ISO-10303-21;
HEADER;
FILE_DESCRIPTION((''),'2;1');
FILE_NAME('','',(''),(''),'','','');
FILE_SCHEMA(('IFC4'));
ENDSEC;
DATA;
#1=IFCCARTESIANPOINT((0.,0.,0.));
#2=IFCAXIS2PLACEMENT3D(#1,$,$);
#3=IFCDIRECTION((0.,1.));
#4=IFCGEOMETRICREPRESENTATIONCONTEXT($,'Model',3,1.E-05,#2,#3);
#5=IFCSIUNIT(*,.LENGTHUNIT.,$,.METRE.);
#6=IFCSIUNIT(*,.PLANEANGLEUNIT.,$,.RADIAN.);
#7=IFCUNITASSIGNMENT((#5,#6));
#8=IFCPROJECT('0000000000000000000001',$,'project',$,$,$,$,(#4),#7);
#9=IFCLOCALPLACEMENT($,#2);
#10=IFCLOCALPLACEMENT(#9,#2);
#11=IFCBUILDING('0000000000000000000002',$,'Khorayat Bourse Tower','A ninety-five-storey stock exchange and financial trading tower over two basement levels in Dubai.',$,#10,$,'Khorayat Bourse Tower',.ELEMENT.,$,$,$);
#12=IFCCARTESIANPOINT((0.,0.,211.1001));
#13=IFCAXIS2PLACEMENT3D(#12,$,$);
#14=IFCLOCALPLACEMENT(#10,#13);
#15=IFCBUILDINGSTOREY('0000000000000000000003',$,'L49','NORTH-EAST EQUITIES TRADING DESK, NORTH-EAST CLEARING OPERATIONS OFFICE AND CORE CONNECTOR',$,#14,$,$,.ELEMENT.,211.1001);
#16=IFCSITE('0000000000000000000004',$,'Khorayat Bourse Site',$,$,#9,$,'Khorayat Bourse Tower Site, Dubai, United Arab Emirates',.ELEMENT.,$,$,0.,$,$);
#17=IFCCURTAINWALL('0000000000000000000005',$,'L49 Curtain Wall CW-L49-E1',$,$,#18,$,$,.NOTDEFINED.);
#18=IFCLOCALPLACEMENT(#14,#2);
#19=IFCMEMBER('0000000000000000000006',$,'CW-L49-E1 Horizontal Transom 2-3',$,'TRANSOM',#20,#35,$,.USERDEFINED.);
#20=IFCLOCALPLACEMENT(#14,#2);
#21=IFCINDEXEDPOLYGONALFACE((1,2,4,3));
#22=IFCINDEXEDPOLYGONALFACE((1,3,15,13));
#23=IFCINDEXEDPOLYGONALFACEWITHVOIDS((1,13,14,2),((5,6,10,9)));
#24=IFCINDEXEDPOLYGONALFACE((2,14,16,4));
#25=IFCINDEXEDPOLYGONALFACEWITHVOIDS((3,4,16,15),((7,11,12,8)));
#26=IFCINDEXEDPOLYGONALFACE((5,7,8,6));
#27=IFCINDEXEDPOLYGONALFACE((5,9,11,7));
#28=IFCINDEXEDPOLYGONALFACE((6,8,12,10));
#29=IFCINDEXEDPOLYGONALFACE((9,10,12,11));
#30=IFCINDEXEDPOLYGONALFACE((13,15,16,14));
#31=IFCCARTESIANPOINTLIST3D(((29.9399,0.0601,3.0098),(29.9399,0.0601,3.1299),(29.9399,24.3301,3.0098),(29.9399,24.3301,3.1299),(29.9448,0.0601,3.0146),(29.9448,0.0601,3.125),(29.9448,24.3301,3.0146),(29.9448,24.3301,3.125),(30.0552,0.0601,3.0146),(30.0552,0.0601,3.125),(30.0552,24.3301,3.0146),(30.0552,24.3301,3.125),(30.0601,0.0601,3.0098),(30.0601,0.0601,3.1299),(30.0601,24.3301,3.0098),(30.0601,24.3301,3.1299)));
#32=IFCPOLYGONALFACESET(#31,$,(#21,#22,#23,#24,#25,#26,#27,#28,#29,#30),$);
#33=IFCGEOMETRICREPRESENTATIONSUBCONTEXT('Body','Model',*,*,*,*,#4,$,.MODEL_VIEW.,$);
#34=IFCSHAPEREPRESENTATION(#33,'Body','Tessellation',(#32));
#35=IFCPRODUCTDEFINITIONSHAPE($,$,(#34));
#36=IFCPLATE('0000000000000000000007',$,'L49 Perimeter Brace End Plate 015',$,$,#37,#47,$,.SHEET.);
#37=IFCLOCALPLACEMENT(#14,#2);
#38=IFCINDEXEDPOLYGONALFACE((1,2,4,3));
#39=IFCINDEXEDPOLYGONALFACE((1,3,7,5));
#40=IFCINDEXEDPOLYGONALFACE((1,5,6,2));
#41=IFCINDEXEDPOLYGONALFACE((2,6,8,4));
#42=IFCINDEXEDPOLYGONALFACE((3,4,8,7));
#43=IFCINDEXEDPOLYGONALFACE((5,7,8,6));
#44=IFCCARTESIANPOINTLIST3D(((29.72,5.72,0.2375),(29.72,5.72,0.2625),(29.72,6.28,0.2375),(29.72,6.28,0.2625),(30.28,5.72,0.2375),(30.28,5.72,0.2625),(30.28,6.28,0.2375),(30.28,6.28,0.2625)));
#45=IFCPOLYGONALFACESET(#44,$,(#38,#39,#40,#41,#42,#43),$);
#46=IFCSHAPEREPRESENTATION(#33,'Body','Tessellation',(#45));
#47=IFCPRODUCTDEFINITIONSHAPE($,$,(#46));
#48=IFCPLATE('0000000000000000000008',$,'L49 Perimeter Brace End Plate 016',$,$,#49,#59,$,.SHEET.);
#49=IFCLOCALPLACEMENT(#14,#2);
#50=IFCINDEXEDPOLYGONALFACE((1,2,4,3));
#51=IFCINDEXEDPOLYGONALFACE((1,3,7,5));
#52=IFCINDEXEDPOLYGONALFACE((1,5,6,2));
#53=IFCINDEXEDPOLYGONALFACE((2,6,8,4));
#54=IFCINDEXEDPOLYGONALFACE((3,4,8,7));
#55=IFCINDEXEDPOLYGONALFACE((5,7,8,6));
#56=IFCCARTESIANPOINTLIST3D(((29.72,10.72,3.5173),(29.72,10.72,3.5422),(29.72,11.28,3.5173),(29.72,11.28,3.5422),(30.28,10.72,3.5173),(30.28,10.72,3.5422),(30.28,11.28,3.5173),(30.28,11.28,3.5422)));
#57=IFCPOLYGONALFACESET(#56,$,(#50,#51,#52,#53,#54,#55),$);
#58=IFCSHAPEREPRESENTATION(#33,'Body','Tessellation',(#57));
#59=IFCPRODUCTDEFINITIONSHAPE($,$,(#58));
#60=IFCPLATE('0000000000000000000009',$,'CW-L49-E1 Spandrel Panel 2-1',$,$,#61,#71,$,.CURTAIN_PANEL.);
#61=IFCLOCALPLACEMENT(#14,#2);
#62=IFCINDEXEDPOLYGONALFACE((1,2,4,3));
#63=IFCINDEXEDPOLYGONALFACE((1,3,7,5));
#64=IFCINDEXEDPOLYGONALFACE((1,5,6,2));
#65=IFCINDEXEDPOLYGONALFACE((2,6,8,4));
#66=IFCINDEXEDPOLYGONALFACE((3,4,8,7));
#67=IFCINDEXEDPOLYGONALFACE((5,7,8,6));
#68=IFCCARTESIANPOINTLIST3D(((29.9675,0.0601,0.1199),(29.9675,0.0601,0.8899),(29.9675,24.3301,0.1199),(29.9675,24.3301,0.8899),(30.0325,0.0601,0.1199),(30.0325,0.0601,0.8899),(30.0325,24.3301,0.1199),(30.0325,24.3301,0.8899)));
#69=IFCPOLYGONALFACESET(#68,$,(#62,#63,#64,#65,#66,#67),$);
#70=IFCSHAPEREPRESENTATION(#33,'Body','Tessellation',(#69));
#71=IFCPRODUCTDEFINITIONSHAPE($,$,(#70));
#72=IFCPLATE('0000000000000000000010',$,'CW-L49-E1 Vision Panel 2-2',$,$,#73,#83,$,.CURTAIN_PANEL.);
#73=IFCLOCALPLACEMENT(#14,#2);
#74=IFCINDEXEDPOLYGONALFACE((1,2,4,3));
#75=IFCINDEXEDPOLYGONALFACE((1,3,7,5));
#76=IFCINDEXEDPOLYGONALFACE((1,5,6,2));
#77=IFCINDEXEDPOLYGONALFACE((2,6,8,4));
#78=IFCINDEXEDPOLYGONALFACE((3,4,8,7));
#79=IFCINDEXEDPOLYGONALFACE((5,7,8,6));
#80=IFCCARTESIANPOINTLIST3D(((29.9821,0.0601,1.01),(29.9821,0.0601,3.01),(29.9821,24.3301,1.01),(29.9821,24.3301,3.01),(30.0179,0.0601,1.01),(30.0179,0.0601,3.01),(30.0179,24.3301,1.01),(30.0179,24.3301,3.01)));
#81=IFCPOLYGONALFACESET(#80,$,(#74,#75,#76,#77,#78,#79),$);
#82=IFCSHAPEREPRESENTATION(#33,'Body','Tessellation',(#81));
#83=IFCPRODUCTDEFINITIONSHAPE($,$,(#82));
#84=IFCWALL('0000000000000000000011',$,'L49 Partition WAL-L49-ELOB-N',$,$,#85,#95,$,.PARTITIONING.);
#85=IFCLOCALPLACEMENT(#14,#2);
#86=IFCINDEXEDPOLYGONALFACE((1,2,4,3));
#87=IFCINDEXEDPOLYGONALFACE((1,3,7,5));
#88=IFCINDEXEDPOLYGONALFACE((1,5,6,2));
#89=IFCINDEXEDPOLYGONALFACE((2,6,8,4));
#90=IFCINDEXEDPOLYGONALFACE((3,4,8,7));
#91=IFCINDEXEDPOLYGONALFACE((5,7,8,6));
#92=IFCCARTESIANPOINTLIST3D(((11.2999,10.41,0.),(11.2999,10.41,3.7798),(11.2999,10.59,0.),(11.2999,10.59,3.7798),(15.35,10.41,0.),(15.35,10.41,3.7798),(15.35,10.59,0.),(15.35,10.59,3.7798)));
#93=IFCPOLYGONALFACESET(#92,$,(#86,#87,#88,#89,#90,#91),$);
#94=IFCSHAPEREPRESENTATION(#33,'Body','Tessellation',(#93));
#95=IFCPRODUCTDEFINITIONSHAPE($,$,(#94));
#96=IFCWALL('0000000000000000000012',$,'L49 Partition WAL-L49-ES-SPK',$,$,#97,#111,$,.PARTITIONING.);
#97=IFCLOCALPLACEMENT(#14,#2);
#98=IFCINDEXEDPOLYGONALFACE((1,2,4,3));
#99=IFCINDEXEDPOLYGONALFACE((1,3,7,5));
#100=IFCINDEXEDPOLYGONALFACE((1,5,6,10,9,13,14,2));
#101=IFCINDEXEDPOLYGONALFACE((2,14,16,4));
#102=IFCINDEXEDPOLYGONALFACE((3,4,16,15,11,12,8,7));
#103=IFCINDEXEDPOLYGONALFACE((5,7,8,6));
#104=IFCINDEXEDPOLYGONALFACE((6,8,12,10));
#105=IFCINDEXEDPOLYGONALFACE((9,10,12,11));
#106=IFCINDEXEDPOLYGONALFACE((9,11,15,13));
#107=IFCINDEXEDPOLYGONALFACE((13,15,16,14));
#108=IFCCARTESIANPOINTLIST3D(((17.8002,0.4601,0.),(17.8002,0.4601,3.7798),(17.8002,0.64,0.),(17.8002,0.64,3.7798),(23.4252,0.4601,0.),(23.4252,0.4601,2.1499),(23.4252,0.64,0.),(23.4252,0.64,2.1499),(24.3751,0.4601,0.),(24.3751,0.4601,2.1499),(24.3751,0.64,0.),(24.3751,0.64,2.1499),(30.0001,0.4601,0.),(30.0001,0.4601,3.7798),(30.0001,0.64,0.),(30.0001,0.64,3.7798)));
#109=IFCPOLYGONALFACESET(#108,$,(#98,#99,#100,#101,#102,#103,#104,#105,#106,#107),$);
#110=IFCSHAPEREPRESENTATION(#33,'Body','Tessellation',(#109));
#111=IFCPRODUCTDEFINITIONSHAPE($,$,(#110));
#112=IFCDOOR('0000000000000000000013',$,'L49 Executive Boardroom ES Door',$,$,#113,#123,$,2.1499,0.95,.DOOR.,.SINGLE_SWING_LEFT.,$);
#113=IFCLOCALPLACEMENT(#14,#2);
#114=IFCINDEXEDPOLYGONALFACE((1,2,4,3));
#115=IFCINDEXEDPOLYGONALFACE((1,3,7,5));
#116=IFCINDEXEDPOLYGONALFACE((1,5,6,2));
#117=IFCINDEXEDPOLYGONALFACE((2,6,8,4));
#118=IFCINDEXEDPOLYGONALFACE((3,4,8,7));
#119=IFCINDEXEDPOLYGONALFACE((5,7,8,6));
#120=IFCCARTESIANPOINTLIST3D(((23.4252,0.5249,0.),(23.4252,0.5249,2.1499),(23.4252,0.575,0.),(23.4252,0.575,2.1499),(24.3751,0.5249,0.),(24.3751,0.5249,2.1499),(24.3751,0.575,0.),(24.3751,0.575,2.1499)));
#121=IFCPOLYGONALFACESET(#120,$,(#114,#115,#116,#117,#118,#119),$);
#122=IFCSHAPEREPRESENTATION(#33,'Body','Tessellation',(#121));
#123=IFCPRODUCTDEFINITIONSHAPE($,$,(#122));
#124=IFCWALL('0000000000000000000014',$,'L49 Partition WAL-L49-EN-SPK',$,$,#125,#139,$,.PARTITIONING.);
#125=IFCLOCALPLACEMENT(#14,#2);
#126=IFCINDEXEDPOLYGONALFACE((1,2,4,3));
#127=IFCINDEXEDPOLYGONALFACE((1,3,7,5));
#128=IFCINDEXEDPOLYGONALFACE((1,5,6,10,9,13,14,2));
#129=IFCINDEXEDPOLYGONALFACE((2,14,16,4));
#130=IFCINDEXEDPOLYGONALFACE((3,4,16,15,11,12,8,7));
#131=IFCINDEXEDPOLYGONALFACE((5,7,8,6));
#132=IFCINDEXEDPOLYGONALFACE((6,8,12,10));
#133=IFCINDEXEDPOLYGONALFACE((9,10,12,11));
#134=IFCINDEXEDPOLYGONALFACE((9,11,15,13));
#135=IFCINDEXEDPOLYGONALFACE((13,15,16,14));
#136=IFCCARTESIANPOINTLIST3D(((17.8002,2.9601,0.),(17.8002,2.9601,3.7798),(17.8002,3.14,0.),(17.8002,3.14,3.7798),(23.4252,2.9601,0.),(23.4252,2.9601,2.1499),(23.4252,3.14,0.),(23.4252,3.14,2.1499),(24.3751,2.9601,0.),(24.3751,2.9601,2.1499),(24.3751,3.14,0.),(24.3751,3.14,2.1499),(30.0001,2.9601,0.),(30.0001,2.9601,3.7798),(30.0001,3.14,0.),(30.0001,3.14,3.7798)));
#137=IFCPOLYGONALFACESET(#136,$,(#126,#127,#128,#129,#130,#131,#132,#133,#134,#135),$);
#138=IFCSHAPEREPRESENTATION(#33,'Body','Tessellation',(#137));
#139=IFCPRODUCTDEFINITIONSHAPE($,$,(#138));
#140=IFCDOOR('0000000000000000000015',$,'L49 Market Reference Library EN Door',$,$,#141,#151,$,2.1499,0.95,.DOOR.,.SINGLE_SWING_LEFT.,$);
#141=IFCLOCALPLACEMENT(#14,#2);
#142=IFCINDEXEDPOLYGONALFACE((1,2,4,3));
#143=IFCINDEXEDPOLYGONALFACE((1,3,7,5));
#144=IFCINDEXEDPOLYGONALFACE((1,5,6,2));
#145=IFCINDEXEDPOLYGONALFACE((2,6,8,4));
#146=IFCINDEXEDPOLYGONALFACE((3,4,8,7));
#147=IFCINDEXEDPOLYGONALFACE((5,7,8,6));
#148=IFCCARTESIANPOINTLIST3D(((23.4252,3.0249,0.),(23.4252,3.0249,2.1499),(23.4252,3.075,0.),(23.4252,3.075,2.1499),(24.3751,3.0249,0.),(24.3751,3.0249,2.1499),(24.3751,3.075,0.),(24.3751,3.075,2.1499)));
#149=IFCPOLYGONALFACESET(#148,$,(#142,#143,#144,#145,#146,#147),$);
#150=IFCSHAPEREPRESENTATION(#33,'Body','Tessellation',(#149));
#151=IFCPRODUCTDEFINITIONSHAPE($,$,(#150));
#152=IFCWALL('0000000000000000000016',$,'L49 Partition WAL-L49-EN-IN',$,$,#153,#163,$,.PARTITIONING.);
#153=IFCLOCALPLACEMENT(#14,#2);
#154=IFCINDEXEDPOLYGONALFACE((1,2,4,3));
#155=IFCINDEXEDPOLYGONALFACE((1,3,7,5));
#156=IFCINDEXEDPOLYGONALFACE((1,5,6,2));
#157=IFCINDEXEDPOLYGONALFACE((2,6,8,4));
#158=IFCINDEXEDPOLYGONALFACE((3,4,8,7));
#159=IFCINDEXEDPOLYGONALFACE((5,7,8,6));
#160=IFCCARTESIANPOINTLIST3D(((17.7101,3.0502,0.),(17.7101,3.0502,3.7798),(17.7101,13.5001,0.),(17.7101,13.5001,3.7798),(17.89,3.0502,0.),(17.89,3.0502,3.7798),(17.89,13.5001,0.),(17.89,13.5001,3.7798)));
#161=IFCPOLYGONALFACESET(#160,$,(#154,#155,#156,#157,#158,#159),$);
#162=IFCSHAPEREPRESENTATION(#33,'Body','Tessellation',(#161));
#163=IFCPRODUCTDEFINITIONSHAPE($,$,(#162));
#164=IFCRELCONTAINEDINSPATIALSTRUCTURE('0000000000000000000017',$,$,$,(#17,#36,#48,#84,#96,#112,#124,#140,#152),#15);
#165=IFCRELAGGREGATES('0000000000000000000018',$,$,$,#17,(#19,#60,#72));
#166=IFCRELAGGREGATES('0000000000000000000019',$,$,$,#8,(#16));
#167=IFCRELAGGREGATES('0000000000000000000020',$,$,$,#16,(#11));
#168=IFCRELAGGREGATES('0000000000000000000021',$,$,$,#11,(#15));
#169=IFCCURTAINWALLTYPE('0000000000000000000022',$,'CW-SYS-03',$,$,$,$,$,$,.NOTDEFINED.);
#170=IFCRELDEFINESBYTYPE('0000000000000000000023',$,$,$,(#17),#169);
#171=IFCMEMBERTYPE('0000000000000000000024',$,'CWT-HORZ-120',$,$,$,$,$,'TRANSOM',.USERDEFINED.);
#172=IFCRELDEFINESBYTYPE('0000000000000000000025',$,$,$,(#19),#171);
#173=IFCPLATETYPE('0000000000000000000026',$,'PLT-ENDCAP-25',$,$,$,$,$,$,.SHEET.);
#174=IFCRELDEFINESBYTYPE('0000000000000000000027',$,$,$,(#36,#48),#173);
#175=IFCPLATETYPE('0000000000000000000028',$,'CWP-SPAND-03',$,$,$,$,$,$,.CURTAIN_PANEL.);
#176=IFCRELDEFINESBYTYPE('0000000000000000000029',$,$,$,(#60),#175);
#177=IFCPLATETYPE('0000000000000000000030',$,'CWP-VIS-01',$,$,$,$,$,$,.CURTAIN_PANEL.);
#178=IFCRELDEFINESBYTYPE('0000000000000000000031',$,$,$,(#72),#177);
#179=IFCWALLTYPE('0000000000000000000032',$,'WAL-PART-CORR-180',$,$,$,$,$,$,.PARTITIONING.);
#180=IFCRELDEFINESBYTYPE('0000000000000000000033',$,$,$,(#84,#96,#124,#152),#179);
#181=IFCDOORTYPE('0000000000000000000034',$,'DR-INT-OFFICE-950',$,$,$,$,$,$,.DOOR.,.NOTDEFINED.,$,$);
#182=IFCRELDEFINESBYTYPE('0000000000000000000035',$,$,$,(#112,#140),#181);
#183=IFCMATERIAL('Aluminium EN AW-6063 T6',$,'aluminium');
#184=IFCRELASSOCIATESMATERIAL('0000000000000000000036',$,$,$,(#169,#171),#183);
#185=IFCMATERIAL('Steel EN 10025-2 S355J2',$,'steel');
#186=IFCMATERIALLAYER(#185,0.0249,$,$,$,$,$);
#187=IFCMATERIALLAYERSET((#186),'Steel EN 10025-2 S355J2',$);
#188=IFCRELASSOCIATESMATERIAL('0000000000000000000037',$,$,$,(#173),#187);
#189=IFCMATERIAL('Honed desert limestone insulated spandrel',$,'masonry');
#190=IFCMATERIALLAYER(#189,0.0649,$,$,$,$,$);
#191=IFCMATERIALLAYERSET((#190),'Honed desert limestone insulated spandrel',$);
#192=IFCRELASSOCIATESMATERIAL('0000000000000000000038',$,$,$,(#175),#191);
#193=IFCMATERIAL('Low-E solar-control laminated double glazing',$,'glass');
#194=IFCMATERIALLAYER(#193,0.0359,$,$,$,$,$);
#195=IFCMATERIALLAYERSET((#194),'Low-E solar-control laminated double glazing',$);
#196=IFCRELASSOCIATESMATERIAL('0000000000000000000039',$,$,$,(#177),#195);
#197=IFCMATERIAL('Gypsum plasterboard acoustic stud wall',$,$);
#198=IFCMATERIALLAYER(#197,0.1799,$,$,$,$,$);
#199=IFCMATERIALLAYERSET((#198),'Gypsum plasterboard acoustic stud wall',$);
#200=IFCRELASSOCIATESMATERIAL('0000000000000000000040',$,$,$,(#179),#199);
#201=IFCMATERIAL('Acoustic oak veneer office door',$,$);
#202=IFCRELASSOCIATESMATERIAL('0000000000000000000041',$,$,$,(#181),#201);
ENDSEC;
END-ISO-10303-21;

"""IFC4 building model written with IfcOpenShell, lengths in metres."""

from ifc_helpers import new_model, si_unit, direction, frame, frame_2d, origin, origin_2d, place, context, subcontext, project, spatial, rectangle, hollow_rectangle, extrude, source, transform, mapped, material, layer, layer_set, material_profile, profile_set, type_object, element, fill, aggregate, save


model = new_model("IFC4")

# Units and contexts
model_context = context("Model", 3, precision=1e-05, world=origin(), true_north=direction((0.0, 1.0)))
body_context = subcontext(model_context, "Body", "Model", "MODEL_VIEW")
ifc_project = project(units=[si_unit("LENGTHUNIT", "METRE"), si_unit("PLANEANGLEUNIT", "RADIAN")], contexts=[model_context])

# Site, building, storey
site_placement = place(None, origin())
site = spatial("IfcSite", under=ifc_project, at=site_placement, Name="Khorayat Bourse Site", LongName="Khorayat Bourse Tower Site, Dubai, United Arab Emirates", CompositionType="ELEMENT", RefElevation=0.0)
building_placement = place(site_placement, origin())
building = spatial("IfcBuilding", under=site, at=building_placement, Name="Khorayat Bourse Tower", Description="A ninety-five-storey stock exchange and financial trading tower over two basement levels in Dubai.", LongName="Khorayat Bourse Tower", CompositionType="ELEMENT")
storey_placement = place(building_placement, frame((0.0, 0.0, 211.1001)))
storey = spatial("IfcBuildingStorey", under=building, at=storey_placement, Name="L49", Description="NORTH-EAST EQUITIES TRADING DESK, NORTH-EAST CLEARING OPERATIONS OFFICE AND CORE CONNECTOR", CompositionType="ELEMENT", Elevation=211.1001)

# Curtain wall, member
ifc_material_1 = material(Name="Aluminium EN AW-6063 T6", Category="aluminium")
curtain_wall_type = type_object("IfcCurtainWallType", Name="CW-SYS-03", PredefinedType="NOTDEFINED", material=ifc_material_1)
curtain_wall_placement = place(storey_placement, origin())
curtain_wall = element("IfcCurtainWall", 1, at=curtain_wall_placement, inside=storey, type_object=curtain_wall_type, Name="L49 Curtain Wall CW-L49-E1", PredefinedType="NOTDEFINED")
ifc_material_profile_1 = material_profile(ifc_material_1, hollow_rectangle(XDim=0.1201, YDim=0.1201, WallThickness=0.0049, at=origin_2d()), Name="ALU 120x120x5")
ifc_profile_set_1 = profile_set([ifc_material_profile_1], Name="Aluminium EN AW-6063 T6")
member_type_1 = type_object("IfcMemberType", Name="CWT-HORZ-120", ElementType="TRANSOM", PredefinedType="USERDEFINED", material=ifc_profile_set_1)
shared_shape_1 = source(origin(), body_context, "Body", "SweptSolid", [
    extrude(hollow_rectangle(XDim=0.1201, YDim=0.1201, WallThickness=0.0049, at=origin_2d()), origin(), (0.0, 0.0, 1.0), 24.27),
])
member_1_placement = place(storey_placement, frame((30.0, 0.0601, 3.0698), z_axis=(0.0, 1.0, 0.0), x_axis=(-1.0, 0.0, 0.0)))
member_1 = element("IfcMember", 2, at=member_1_placement, type_object=member_type_1, Name="CW-L49-E1 Horizontal Transom 2-3", ObjectType="TRANSOM", PredefinedType="USERDEFINED", context=body_context, shape_type="MappedRepresentation", body=[
    mapped(shared_shape_1, transform((0.0, 0.0, 0.0), scale=1.0)),
])

# Plates
ifc_material_2 = material(Name="Steel EN 10025-2 S355J2", Category="steel")
ifc_layer_1 = layer(ifc_material_2, 0.0249)
ifc_layer_set_1 = layer_set([ifc_layer_1], Name="Steel EN 10025-2 S355J2")
plate_type_1 = type_object("IfcPlateType", Name="PLT-ENDCAP-25", PredefinedType="SHEET", material=ifc_layer_set_1)
shared_shape_2 = source(origin(), body_context, "Body", "SweptSolid", [
    extrude(rectangle(XDim=0.5601, YDim=0.5601, at=origin_2d()), origin(), (0.0, 0.0, 1.0), 0.0249),
])
for number, where, z_axis, x_axis, name in (
    (3, (30.0, 6.0, 0.2375), (0.0, 0.0, 1.0), (1.0, 0.0, 0.0), "L49 Perimeter Brace End Plate 015"),
    (4, (30.0, 11.0, 3.5173), (0.0, 0.0, 1.0), (1.0, 0.0, 0.0), "L49 Perimeter Brace End Plate 016"),
):
    element("IfcPlate", number, at=place(storey_placement, frame(where, z_axis=z_axis, x_axis=x_axis)), inside=storey, type_object=plate_type_1, Name=name, PredefinedType="SHEET", context=body_context, shape_type="MappedRepresentation", body=[
        mapped(shared_shape_2, transform((0.0, 0.0, 0.0), scale=1.0)),
    ])

# Plates
ifc_material_3 = material(Name="Honed desert limestone insulated spandrel", Category="masonry")
ifc_layer_2 = layer(ifc_material_3, 0.0649)
ifc_layer_set_2 = layer_set([ifc_layer_2], Name="Honed desert limestone insulated spandrel")
plate_type_2 = type_object("IfcPlateType", Name="CWP-SPAND-03", PredefinedType="CURTAIN_PANEL", material=ifc_layer_set_2)
shared_shape_3 = source(origin(), body_context, "Body", "SweptSolid", [
    extrude(rectangle(XDim=24.27, YDim=0.0649, at=origin_2d()), origin(), (0.0, 0.0, 1.0), 0.77),
])
plate_1_placement = place(storey_placement, frame((30.0, 12.1951, 0.1199), z_axis=(0.0, 0.0, 1.0), x_axis=(0.0, 1.0, 0.0)))
plate_1 = element("IfcPlate", 5, at=plate_1_placement, type_object=plate_type_2, Name="CW-L49-E1 Spandrel Panel 2-1", PredefinedType="CURTAIN_PANEL", context=body_context, shape_type="MappedRepresentation", body=[
    mapped(shared_shape_3, transform((0.0, 0.0, 0.0), scale=1.0)),
])
ifc_material_4 = material(Name="Low-E solar-control laminated double glazing", Category="glass")
ifc_layer_3 = layer(ifc_material_4, 0.0359)
ifc_layer_set_3 = layer_set([ifc_layer_3], Name="Low-E solar-control laminated double glazing")
plate_type_3 = type_object("IfcPlateType", Name="CWP-VIS-01", PredefinedType="CURTAIN_PANEL", material=ifc_layer_set_3)
shared_shape_4 = source(origin(), body_context, "Body", "SweptSolid", [
    extrude(rectangle(XDim=24.27, YDim=0.0359, at=origin_2d()), origin(), (0.0, 0.0, 1.0), 2.0),
])
plate_2_placement = place(storey_placement, frame((30.0, 12.1951, 1.01), z_axis=(0.0, 0.0, 1.0), x_axis=(0.0, 1.0, 0.0)))
plate_2 = element("IfcPlate", 6, at=plate_2_placement, type_object=plate_type_3, Name="CW-L49-E1 Vision Panel 2-2", PredefinedType="CURTAIN_PANEL", context=body_context, shape_type="MappedRepresentation", body=[
    mapped(shared_shape_4, transform((0.0, 0.0, 0.0), scale=1.0)),
])
aggregate(curtain_wall, [member_1, plate_1, plate_2])

# Wall
ifc_material_5 = material(Name="Gypsum plasterboard acoustic stud wall")
ifc_layer_4 = layer(ifc_material_5, 0.1799)
ifc_layer_set_4 = layer_set([ifc_layer_4], Name="Gypsum plasterboard acoustic stud wall")
wall_type = type_object("IfcWallType", Name="WAL-PART-CORR-180", PredefinedType="PARTITIONING", material=ifc_layer_set_4)
shared_shape_5 = source(origin(), body_context, "Body", "SweptSolid", [
    extrude(rectangle(XDim=4.05, YDim=0.1799, at=frame_2d((2.0249, 0.0))), origin(), (0.0, 0.0, 1.0), 3.7798),
])
wall_1_placement = place(storey_placement, frame((11.3, 10.5, 0.0), z_axis=(0.0, 0.0, 1.0), x_axis=(1.0, 0.0, 0.0)))
element("IfcWall", 7, at=wall_1_placement, inside=storey, type_object=wall_type, Name="L49 Partition WAL-L49-ELOB-N", PredefinedType="PARTITIONING", context=body_context, shape_type="MappedRepresentation", body=[
    mapped(shared_shape_5, transform((0.0, 0.0, 0.0), scale=1.0)),
])

# Walls, openings, doors
shared_shape_6 = source(origin(), body_context, "Body", "SweptSolid", [
    extrude(rectangle(XDim=12.2, YDim=0.1799, at=frame_2d((6.1001, 0.0))), origin(), (0.0, 0.0, 1.0), 3.7798),
])
wall_2_placement = place(storey_placement, frame((17.8, 0.55, 0.0), z_axis=(0.0, 0.0, 1.0), x_axis=(1.0, 0.0, 0.0)))
wall_2 = element("IfcWall", 8, at=wall_2_placement, inside=storey, type_object=wall_type, Name="L49 Partition WAL-L49-ES-SPK", PredefinedType="PARTITIONING", context=body_context, shape_type="MappedRepresentation", body=[
    mapped(shared_shape_6, transform((0.0, 0.0, 0.0), scale=1.0)),
])
shared_shape_7 = source(origin(), body_context, "Body", "SweptSolid", [
    extrude(rectangle(XDim=0.95, YDim=2.1499, at=frame_2d((0.4751, 1.075))), frame((0.0, 0.0999, 0.0), z_axis=(0.0, -1.0, 0.0), x_axis=(1.0, 0.0, 0.0)), (0.0, 0.0, 1.0), 0.2),
])
opening_1_placement = place(wall_2_placement, frame((5.625, 0.0, 0.0)))
opening_1 = element("IfcOpeningElement", 9, at=opening_1_placement, cuts=wall_2, PredefinedType="OPENING", context=body_context, shape_type="MappedRepresentation", body=[
    mapped(shared_shape_7, transform((0.0, 0.0, 0.0), scale=1.0)),
])
ifc_material_6 = material(Name="Acoustic oak veneer office door")
door_type = type_object("IfcDoorType", Name="DR-INT-OFFICE-950", OperationType="NOTDEFINED", PredefinedType="DOOR", material=ifc_material_6)
shared_shape_8 = source(origin(), body_context, "Body", "SweptSolid", [
    extrude(rectangle(XDim=0.95, YDim=2.1499, at=frame_2d((0.4751, 1.075))), frame((0.0, 0.0249, 0.0), z_axis=(0.0, -1.0, 0.0), x_axis=(1.0, 0.0, 0.0)), (0.0, 0.0, 1.0), 0.05),
])
door_1_placement = place(opening_1_placement, origin())
door_1 = element("IfcDoor", 10, at=door_1_placement, inside=storey, type_object=door_type, Name="L49 Executive Boardroom ES Door", OperationType="SINGLE_SWING_LEFT", OverallHeight=2.1499, OverallWidth=0.95, PredefinedType="DOOR", context=body_context, shape_type="MappedRepresentation", body=[
    mapped(shared_shape_8, transform((0.0, 0.0, 0.0), scale=1.0)),
])
fill(opening_1, door_1)
wall_3_placement = place(storey_placement, frame((17.8, 3.05, 0.0), z_axis=(0.0, 0.0, 1.0), x_axis=(1.0, 0.0, 0.0)))
wall_3 = element("IfcWall", 11, at=wall_3_placement, inside=storey, type_object=wall_type, Name="L49 Partition WAL-L49-EN-SPK", PredefinedType="PARTITIONING", context=body_context, shape_type="MappedRepresentation", body=[
    mapped(shared_shape_6, transform((0.0, 0.0, 0.0), scale=1.0)),
])
opening_2_placement = place(wall_3_placement, frame((5.625, 0.0, 0.0)))
opening_2 = element("IfcOpeningElement", 12, at=opening_2_placement, cuts=wall_3, PredefinedType="OPENING", context=body_context, shape_type="MappedRepresentation", body=[
    mapped(shared_shape_7, transform((0.0, 0.0, 0.0), scale=1.0)),
])
door_2_placement = place(opening_2_placement, origin())
door_2 = element("IfcDoor", 13, at=door_2_placement, inside=storey, type_object=door_type, Name="L49 Market Reference Library EN Door", OperationType="SINGLE_SWING_LEFT", OverallHeight=2.1499, OverallWidth=0.95, PredefinedType="DOOR", context=body_context, shape_type="MappedRepresentation", body=[
    mapped(shared_shape_8, transform((0.0, 0.0, 0.0), scale=1.0)),
])
fill(opening_2, door_2)

# Wall
shared_shape_9 = source(origin(), body_context, "Body", "SweptSolid", [
    extrude(rectangle(XDim=10.45, YDim=0.1799, at=frame_2d((5.2251, 0.0))), origin(), (0.0, 0.0, 1.0), 3.7798),
])
wall_4_placement = place(storey_placement, frame((17.8, 3.05, 0.0), z_axis=(0.0, 0.0, 1.0), x_axis=(0.0, 1.0, 0.0)))
element("IfcWall", 14, at=wall_4_placement, inside=storey, type_object=wall_type, Name="L49 Partition WAL-L49-EN-IN", PredefinedType="PARTITIONING", context=body_context, shape_type="MappedRepresentation", body=[
    mapped(shared_shape_9, transform((0.0, 0.0, 0.0), scale=1.0)),
])

save(model, "model.ifc")
